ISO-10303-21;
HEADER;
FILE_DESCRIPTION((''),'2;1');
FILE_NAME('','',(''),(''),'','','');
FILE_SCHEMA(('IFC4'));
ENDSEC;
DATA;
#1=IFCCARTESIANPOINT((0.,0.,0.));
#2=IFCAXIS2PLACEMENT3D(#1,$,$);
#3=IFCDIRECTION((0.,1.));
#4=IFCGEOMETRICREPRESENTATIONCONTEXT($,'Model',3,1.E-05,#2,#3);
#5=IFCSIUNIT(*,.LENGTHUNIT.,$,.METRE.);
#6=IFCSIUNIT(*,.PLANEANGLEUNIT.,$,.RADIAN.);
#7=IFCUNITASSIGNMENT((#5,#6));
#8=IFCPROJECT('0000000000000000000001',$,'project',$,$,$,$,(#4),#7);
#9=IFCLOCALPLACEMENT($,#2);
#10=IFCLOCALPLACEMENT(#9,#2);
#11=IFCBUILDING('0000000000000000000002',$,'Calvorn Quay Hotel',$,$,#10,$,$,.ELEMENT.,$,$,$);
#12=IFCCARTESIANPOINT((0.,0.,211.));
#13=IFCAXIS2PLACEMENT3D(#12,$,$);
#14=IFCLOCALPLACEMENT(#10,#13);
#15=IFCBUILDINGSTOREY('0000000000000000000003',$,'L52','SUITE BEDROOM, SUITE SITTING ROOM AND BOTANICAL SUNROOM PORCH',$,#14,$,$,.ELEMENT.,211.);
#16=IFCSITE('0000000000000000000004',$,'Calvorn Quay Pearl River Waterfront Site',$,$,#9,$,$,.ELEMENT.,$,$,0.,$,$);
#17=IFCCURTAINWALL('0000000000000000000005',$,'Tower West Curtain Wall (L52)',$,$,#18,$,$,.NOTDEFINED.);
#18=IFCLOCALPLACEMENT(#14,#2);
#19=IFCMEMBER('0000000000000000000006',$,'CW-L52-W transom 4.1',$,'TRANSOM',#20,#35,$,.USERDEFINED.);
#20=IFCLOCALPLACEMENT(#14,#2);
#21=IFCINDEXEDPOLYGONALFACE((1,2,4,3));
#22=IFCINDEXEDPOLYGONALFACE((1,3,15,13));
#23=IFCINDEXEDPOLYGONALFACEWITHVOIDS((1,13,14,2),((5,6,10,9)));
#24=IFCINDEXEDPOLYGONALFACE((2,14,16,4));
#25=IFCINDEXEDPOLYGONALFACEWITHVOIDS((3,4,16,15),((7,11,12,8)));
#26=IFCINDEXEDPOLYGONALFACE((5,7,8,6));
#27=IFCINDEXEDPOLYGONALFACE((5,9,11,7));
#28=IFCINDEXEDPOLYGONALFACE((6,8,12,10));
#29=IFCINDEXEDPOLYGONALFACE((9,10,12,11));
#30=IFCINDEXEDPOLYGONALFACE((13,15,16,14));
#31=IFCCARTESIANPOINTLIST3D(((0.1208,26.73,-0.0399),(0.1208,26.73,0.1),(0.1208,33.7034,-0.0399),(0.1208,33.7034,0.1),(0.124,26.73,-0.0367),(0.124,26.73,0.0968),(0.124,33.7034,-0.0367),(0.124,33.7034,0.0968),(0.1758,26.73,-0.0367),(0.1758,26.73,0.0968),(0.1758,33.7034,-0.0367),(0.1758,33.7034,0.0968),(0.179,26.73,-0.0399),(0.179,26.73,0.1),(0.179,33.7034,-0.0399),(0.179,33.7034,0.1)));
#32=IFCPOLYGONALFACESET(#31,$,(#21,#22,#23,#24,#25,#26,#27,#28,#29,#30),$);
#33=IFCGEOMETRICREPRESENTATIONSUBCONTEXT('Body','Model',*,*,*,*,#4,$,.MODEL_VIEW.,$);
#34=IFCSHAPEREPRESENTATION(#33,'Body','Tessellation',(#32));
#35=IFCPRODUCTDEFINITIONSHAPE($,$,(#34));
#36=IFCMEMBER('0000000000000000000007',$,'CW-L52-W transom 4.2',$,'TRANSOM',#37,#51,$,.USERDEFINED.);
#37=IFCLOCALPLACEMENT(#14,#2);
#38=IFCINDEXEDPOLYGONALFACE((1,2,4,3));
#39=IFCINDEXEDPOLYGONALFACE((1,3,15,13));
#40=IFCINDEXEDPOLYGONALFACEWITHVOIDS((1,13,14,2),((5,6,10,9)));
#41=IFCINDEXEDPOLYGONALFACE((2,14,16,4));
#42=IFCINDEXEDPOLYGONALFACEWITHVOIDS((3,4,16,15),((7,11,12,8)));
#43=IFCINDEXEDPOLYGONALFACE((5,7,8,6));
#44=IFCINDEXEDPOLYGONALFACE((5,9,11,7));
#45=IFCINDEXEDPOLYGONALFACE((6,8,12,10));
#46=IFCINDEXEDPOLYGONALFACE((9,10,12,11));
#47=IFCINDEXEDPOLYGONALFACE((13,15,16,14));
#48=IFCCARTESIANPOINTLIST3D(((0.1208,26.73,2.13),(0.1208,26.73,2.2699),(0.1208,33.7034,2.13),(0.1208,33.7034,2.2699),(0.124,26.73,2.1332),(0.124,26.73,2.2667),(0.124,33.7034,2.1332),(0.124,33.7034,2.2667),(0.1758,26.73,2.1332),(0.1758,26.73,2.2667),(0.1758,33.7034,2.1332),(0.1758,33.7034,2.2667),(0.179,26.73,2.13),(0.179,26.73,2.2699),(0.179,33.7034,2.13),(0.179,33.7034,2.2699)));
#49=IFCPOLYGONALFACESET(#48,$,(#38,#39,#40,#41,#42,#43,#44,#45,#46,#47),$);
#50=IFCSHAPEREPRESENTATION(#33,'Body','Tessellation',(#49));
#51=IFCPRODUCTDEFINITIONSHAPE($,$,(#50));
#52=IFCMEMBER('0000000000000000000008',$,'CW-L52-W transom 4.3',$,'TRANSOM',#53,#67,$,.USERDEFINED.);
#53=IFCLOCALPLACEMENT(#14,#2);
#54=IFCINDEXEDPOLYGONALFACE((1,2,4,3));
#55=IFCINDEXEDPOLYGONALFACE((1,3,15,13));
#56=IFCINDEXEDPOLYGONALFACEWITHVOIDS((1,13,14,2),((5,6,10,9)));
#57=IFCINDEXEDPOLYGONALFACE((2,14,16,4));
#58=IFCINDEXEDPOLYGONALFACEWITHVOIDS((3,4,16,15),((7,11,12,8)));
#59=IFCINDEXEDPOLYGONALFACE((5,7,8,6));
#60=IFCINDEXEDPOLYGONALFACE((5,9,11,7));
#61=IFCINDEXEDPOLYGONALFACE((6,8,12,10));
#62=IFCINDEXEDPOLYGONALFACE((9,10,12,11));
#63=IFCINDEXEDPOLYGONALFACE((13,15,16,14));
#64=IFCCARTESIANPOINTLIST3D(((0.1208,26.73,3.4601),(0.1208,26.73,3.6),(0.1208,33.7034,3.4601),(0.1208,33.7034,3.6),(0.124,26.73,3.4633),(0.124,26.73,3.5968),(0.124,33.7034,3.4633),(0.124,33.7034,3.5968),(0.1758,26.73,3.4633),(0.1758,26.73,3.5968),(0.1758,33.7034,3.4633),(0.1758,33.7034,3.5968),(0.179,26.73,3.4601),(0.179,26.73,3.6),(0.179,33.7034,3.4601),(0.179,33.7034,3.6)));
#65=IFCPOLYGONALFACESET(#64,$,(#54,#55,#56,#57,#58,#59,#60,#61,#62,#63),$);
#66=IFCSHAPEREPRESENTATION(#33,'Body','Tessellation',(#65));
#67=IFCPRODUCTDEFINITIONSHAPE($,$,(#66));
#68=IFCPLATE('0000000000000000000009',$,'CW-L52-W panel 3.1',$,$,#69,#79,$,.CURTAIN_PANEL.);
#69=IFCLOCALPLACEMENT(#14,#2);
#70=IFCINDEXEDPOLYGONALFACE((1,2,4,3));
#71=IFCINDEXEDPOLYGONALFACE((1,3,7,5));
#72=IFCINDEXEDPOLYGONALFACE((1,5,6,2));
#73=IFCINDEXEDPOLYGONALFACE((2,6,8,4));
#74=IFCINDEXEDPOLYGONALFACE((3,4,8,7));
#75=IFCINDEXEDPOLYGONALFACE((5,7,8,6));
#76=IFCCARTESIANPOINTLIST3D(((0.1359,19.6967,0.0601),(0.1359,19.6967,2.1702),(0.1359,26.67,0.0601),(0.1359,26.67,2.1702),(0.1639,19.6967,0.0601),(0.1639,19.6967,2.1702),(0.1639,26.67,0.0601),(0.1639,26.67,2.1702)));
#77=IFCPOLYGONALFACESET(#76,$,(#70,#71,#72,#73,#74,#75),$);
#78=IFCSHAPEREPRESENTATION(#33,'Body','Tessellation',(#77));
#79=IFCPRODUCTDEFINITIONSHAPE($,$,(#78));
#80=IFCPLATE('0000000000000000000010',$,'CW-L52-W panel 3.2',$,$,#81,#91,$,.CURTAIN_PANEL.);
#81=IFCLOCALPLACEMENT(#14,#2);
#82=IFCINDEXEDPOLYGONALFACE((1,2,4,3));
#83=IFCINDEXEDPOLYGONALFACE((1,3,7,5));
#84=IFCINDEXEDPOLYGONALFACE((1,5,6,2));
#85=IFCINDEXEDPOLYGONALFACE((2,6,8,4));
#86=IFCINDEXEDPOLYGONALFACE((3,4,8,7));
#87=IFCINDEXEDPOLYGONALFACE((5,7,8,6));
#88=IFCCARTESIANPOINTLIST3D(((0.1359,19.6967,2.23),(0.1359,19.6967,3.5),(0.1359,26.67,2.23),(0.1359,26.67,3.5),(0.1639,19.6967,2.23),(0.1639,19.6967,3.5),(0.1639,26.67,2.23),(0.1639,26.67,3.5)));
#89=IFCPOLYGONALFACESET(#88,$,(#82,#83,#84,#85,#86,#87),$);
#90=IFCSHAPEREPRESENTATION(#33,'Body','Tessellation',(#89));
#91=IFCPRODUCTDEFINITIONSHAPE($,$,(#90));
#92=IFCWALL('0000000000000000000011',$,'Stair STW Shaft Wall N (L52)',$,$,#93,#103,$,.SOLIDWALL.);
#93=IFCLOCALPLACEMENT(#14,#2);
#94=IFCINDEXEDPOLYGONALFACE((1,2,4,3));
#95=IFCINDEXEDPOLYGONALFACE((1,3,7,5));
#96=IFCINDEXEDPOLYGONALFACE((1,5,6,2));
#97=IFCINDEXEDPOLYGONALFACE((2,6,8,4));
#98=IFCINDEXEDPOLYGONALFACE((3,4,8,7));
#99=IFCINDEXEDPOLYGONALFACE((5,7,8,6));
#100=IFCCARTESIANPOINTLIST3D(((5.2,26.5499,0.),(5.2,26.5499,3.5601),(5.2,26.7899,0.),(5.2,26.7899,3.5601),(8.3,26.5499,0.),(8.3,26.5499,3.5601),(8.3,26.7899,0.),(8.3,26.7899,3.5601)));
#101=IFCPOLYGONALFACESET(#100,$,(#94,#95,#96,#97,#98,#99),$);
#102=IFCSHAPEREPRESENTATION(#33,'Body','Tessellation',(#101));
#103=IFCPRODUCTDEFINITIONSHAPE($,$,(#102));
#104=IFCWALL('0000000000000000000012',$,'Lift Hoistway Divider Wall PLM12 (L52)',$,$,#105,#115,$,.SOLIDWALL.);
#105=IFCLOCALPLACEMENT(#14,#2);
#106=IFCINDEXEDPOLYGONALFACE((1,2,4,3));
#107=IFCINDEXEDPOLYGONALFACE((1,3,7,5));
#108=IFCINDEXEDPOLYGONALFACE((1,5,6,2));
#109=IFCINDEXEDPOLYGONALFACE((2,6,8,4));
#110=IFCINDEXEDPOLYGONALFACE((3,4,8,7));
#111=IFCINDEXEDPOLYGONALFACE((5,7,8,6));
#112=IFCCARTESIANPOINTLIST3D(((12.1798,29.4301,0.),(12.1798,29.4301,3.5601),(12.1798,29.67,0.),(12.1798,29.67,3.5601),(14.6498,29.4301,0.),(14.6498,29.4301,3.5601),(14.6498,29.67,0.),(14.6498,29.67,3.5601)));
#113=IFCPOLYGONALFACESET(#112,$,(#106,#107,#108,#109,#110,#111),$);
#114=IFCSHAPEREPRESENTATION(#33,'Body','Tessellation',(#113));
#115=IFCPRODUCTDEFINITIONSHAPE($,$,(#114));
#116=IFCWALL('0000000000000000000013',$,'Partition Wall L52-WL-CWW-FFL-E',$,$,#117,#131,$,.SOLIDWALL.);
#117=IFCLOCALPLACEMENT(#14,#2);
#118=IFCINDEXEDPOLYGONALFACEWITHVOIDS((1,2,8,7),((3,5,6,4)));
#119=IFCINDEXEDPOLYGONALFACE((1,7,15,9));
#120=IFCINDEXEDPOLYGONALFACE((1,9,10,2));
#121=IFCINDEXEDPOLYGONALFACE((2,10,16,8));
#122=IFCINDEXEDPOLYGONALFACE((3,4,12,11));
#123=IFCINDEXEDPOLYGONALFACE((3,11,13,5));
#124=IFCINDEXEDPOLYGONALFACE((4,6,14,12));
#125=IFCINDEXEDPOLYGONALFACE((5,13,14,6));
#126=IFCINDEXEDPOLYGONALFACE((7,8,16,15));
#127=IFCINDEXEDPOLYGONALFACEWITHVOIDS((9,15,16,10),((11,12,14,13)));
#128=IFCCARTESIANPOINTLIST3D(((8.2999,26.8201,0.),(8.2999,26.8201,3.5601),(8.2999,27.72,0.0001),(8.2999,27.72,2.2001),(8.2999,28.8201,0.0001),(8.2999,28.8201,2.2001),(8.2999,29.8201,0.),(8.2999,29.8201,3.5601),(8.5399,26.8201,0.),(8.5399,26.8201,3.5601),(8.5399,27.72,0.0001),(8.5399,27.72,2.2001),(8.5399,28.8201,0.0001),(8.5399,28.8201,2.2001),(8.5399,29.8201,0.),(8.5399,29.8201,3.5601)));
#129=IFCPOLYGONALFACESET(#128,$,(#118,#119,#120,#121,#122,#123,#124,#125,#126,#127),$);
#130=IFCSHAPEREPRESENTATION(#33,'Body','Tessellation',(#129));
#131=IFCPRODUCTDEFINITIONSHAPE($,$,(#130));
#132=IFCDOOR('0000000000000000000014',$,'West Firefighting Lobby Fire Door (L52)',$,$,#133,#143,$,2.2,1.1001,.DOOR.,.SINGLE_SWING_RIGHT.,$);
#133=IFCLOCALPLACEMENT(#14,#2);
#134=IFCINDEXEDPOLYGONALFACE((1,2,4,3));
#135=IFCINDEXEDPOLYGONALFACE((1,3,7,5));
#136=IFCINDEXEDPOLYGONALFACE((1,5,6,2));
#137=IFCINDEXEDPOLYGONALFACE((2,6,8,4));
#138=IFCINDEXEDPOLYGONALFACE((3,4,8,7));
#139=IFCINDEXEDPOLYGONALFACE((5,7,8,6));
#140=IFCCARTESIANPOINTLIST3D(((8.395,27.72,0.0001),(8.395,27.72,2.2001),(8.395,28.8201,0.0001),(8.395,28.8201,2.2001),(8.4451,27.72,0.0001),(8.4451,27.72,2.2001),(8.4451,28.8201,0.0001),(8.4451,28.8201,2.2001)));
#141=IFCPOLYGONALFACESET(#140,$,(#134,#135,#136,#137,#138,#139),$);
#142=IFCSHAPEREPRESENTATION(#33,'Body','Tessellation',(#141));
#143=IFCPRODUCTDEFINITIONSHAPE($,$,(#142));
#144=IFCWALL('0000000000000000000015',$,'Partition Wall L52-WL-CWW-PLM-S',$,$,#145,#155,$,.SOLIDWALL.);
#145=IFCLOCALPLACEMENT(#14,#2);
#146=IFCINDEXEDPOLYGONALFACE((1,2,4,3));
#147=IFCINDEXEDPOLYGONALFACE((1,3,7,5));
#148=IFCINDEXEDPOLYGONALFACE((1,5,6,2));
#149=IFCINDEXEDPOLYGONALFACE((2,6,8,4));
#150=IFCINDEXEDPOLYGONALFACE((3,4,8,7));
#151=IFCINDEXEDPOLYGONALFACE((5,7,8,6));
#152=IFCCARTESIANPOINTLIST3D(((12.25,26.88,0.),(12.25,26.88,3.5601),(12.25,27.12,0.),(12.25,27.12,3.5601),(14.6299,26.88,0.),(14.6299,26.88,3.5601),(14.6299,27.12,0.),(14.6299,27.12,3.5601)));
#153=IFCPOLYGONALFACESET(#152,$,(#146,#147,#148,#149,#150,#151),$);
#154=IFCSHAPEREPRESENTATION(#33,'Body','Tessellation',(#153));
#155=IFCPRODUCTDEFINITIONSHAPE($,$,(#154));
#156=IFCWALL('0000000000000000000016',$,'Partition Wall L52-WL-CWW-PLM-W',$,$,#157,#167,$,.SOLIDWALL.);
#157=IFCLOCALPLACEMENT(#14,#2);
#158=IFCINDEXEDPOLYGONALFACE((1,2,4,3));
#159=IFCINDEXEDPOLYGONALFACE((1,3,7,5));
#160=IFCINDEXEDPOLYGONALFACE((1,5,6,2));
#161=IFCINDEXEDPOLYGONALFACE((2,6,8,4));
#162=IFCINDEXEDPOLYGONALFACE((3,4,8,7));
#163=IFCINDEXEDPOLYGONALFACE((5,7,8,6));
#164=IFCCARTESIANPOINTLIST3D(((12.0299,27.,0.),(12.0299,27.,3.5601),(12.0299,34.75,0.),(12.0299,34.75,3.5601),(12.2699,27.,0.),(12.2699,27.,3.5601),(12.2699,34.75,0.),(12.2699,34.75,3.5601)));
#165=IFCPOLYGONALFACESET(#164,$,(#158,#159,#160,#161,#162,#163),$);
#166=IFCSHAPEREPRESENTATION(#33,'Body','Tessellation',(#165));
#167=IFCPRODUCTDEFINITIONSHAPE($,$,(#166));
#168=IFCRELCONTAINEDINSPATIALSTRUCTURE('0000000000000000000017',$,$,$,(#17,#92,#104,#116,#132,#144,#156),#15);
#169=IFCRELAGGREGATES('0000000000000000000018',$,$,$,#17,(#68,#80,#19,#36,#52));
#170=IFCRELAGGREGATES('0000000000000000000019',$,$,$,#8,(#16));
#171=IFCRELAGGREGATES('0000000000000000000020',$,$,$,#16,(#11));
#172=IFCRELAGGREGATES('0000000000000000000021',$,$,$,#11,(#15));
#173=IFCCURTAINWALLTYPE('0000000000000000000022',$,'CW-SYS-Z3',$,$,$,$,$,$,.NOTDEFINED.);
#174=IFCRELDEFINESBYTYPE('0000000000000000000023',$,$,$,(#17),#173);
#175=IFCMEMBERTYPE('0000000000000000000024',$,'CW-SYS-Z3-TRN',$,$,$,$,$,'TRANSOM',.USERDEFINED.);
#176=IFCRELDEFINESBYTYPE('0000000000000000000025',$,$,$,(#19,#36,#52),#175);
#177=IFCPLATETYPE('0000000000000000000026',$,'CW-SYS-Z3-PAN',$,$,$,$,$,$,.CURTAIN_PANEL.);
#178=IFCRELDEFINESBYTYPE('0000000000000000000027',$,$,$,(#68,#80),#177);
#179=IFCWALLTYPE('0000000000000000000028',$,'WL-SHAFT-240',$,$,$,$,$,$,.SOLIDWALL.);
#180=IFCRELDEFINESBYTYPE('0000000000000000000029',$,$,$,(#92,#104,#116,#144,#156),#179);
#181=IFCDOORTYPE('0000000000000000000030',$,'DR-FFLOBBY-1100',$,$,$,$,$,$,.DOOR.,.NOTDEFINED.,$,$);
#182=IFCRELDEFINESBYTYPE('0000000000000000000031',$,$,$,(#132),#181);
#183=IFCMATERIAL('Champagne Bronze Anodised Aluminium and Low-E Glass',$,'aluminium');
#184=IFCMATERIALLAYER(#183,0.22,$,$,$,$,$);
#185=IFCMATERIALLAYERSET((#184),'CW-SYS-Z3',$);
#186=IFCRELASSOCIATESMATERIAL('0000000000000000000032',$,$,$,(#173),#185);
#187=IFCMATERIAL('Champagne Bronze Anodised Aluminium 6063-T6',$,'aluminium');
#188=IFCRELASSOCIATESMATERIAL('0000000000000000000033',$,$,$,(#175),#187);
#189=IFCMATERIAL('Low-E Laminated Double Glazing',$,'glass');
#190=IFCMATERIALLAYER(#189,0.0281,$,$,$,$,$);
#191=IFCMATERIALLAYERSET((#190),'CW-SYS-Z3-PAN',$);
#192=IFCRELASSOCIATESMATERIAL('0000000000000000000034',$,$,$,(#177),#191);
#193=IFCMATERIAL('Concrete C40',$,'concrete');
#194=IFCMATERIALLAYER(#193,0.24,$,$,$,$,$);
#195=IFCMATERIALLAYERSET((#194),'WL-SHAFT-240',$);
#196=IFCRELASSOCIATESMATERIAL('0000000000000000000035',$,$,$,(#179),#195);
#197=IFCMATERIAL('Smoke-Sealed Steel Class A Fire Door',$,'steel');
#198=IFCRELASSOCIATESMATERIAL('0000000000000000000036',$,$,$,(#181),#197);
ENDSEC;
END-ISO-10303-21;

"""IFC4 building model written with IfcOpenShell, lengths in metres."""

from ifc_helpers import new_model, si_unit, direction, frame, frame_2d, origin, origin_2d, place, context, subcontext, project, spatial, rectangle, hollow_rectangle, extrude, material, layer, layer_set, material_profile, profile_set, type_object, element, fill, aggregate, save


model = new_model("IFC4")

# Units and contexts
model_context = context("Model", 3, precision=1e-05, world=origin(), true_north=direction((0.0, 1.0)))
body_context = subcontext(model_context, "Body", "Model", "MODEL_VIEW")
ifc_project = project(units=[si_unit("LENGTHUNIT", "METRE"), si_unit("PLANEANGLEUNIT", "RADIAN")], contexts=[model_context])

# Site, building, storey
site_placement = place(None, origin())
site = spatial("IfcSite", under=ifc_project, at=site_placement, Name="Calvorn Quay Pearl River Waterfront Site", CompositionType="ELEMENT", RefElevation=0.0)
building_placement = place(site_placement, origin())
building = spatial("IfcBuilding", under=site, at=building_placement, Name="Calvorn Quay Hotel", CompositionType="ELEMENT")
storey_placement = place(building_placement, frame((0.0, 0.0, 211.0)))
storey = spatial("IfcBuildingStorey", under=building, at=storey_placement, Name="L52", Description="SUITE BEDROOM, SUITE SITTING ROOM AND BOTANICAL SUNROOM PORCH", CompositionType="ELEMENT", Elevation=211.0)

# Curtain wall, members, plates
ifc_material_1 = material(Name="Champagne Bronze Anodised Aluminium and Low-E Glass", Category="aluminium")
ifc_layer_1 = layer(ifc_material_1, 0.22)
ifc_layer_set_1 = layer_set([ifc_layer_1], Name="CW-SYS-Z3")
curtain_wall_type = type_object("IfcCurtainWallType", Name="CW-SYS-Z3", PredefinedType="NOTDEFINED", material=ifc_layer_set_1)
curtain_wall_placement = place(storey_placement, origin())
curtain_wall = element("IfcCurtainWall", 1, at=curtain_wall_placement, inside=storey, type_object=curtain_wall_type, Name="Tower West Curtain Wall (L52)", PredefinedType="NOTDEFINED")
ifc_material_2 = material(Name="Champagne Bronze Anodised Aluminium 6063-T6", Category="aluminium")
ifc_material_profile_1 = material_profile(ifc_material_2, hollow_rectangle(XDim=0.0581, YDim=0.1399, WallThickness=0.0032, at=origin_2d()), Name="ALU-T140x58x3.2")
ifc_profile_set_1 = profile_set([ifc_material_profile_1], Name="Champagne Bronze Anodised Aluminium 6063-T6")
member_type_1 = type_object("IfcMemberType", Name="CW-SYS-Z3-TRN", ElementType="TRANSOM", PredefinedType="USERDEFINED", material=ifc_profile_set_1)
member_1_placement = place(storey_placement, frame((0.1499, 26.73, 0.03), z_axis=(0.0, 1.0, 0.0), x_axis=(-1.0, 0.0, 0.0)))
member_1 = element("IfcMember", 2, at=member_1_placement, type_object=member_type_1, Name="CW-L52-W transom 4.1", ObjectType="TRANSOM", PredefinedType="USERDEFINED", context=body_context, shape_type="SweptSolid", body=[
    extrude(hollow_rectangle(XDim=0.0581, YDim=0.1399, WallThickness=0.0032, at=origin_2d()), origin(), (0.0, 0.0, 1.0), 6.9734),
])
member_2_placement = place(storey_placement, frame((0.1499, 26.73, 2.2), z_axis=(0.0, 1.0, 0.0), x_axis=(-1.0, 0.0, 0.0)))
member_2 = element("IfcMember", 3, at=member_2_placement, type_object=member_type_1, Name="CW-L52-W transom 4.2", ObjectType="TRANSOM", PredefinedType="USERDEFINED", context=body_context, shape_type="SweptSolid", body=[
    extrude(hollow_rectangle(XDim=0.0581, YDim=0.1399, WallThickness=0.0032, at=origin_2d()), origin(), (0.0, 0.0, 1.0), 6.9734),
])
member_3_placement = place(storey_placement, frame((0.1499, 26.73, 3.53), z_axis=(0.0, 1.0, 0.0), x_axis=(-1.0, 0.0, 0.0)))
member_3 = element("IfcMember", 4, at=member_3_placement, type_object=member_type_1, Name="CW-L52-W transom 4.3", ObjectType="TRANSOM", PredefinedType="USERDEFINED", context=body_context, shape_type="SweptSolid", body=[
    extrude(hollow_rectangle(XDim=0.0581, YDim=0.1399, WallThickness=0.0032, at=origin_2d()), origin(), (0.0, 0.0, 1.0), 6.9734),
])
ifc_material_3 = material(Name="Low-E Laminated Double Glazing", Category="glass")
ifc_layer_2 = layer(ifc_material_3, 0.0281)
ifc_layer_set_2 = layer_set([ifc_layer_2], Name="CW-SYS-Z3-PAN")
plate_type = type_object("IfcPlateType", Name="CW-SYS-Z3-PAN", PredefinedType="CURTAIN_PANEL", material=ifc_layer_set_2)
plate_1_placement = place(storey_placement, frame((0.1499, 23.1833, 0.0601), z_axis=(0.0, 0.0, 1.0), x_axis=(0.0, 1.0, 0.0)))
plate_1 = element("IfcPlate", 5, at=plate_1_placement, type_object=plate_type, Name="CW-L52-W panel 3.1", PredefinedType="CURTAIN_PANEL", context=body_context, shape_type="SweptSolid", body=[
    extrude(rectangle(XDim=6.9734, YDim=0.0281, at=origin_2d()), origin(), (0.0, 0.0, 1.0), 2.1101),
])
plate_2_placement = place(storey_placement, frame((0.1499, 23.1833, 2.23), z_axis=(0.0, 0.0, 1.0), x_axis=(0.0, 1.0, 0.0)))
plate_2 = element("IfcPlate", 6, at=plate_2_placement, type_object=plate_type, Name="CW-L52-W panel 3.2", PredefinedType="CURTAIN_PANEL", context=body_context, shape_type="SweptSolid", body=[
    extrude(rectangle(XDim=6.9734, YDim=0.0281, at=origin_2d()), origin(), (0.0, 0.0, 1.0), 1.27),
])
aggregate(curtain_wall, [plate_1, plate_2, member_1, member_2, member_3])

# Walls
ifc_material_4 = material(Name="Concrete C40", Category="concrete")
ifc_layer_3 = layer(ifc_material_4, 0.24)
ifc_layer_set_3 = layer_set([ifc_layer_3], Name="WL-SHAFT-240")
wall_type_1 = type_object("IfcWallType", Name="WL-SHAFT-240", PredefinedType="SOLIDWALL", material=ifc_layer_set_3)
wall_1_placement = place(storey_placement, frame((5.2, 26.6699, 0.0), z_axis=(0.0, 0.0, 1.0), x_axis=(1.0, 0.0, 0.0)))
element("IfcWall", 7, at=wall_1_placement, inside=storey, type_object=wall_type_1, Name="Stair STW Shaft Wall N (L52)", PredefinedType="SOLIDWALL", context=body_context, shape_type="SweptSolid", body=[
    extrude(rectangle(XDim=3.1001, YDim=0.24, at=frame_2d((1.55, 0.0))), origin(), (0.0, 0.0, 1.0), 3.5601),
])
wall_2_placement = place(storey_placement, frame((12.1799, 29.55, 0.0), z_axis=(0.0, 0.0, 1.0), x_axis=(1.0, 0.0, 0.0)))
element("IfcWall", 8, at=wall_2_placement, inside=storey, type_object=wall_type_1, Name="Lift Hoistway Divider Wall PLM12 (L52)", PredefinedType="SOLIDWALL", context=body_context, shape_type="SweptSolid", body=[
    extrude(rectangle(XDim=2.47, YDim=0.24, at=frame_2d((1.2349, 0.0))), origin(), (0.0, 0.0, 1.0), 3.5601),
])

# Wall, opening, door
wall_3_placement = place(storey_placement, frame((8.4199, 26.8201, 0.0), z_axis=(0.0, 0.0, 1.0), x_axis=(0.0, 1.0, 0.0)))
wall_3 = element("IfcWall", 9, at=wall_3_placement, inside=storey, type_object=wall_type_1, Name="Partition Wall L52-WL-CWW-FFL-E", PredefinedType="SOLIDWALL", context=body_context, shape_type="SweptSolid", body=[
    extrude(rectangle(XDim=3.0, YDim=0.24, at=frame_2d((1.5, 0.0))), origin(), (0.0, 0.0, 1.0), 3.5601),
])
opening_1_placement = place(wall_3_placement, frame((0.8999, 0.0, 0.0)))
opening_1 = element("IfcOpeningElement", 10, at=opening_1_placement, cuts=wall_3, PredefinedType="OPENING", context=body_context, shape_type="SweptSolid", body=[
    extrude(rectangle(XDim=1.1001, YDim=2.2, at=frame_2d((0.55, 1.1001))), frame((0.0, 0.1299, 0.0), z_axis=(0.0, -1.0, 0.0), x_axis=(1.0, 0.0, 0.0)), (0.0, 0.0, 1.0), 0.26),
])
ifc_material_5 = material(Name="Smoke-Sealed Steel Class A Fire Door", Category="steel")
door_type_1 = type_object("IfcDoorType", Name="DR-FFLOBBY-1100", OperationType="NOTDEFINED", PredefinedType="DOOR", material=ifc_material_5)
door_1_placement = place(opening_1_placement, origin())
door_1 = element("IfcDoor", 11, at=door_1_placement, inside=storey, type_object=door_type_1, Name="West Firefighting Lobby Fire Door (L52)", OperationType="SINGLE_SWING_RIGHT", OverallHeight=2.2, OverallWidth=1.1001, PredefinedType="DOOR", context=body_context, shape_type="SweptSolid", body=[
    extrude(rectangle(XDim=1.1001, YDim=2.2, at=frame_2d((0.55, 1.1001))), frame((0.0, 0.0249, 0.0), z_axis=(0.0, -1.0, 0.0), x_axis=(1.0, 0.0, 0.0)), (0.0, 0.0, 1.0), 0.05),
])
fill(opening_1, door_1)

# Walls
wall_4_placement = place(storey_placement, frame((12.25, 27.0, 0.0), z_axis=(0.0, 0.0, 1.0), x_axis=(1.0, 0.0, 0.0)))
element("IfcWall", 12, at=wall_4_placement, inside=storey, type_object=wall_type_1, Name="Partition Wall L52-WL-CWW-PLM-S", PredefinedType="SOLIDWALL", context=body_context, shape_type="SweptSolid", body=[
    extrude(rectangle(XDim=2.3799, YDim=0.24, at=frame_2d((1.1899, 0.0))), origin(), (0.0, 0.0, 1.0), 3.5601),
])
wall_5_placement = place(storey_placement, frame((12.1499, 27.0, 0.0), z_axis=(0.0, 0.0, 1.0), x_axis=(0.0, 1.0, 0.0)))
element("IfcWall", 13, at=wall_5_placement, inside=storey, type_object=wall_type_1, Name="Partition Wall L52-WL-CWW-PLM-W", PredefinedType="SOLIDWALL", context=body_context, shape_type="SweptSolid", body=[
    extrude(rectangle(XDim=7.75, YDim=0.24, at=frame_2d((3.875, 0.0))), origin(), (0.0, 0.0, 1.0), 3.5601),
])

save(model, "model.ifc")
